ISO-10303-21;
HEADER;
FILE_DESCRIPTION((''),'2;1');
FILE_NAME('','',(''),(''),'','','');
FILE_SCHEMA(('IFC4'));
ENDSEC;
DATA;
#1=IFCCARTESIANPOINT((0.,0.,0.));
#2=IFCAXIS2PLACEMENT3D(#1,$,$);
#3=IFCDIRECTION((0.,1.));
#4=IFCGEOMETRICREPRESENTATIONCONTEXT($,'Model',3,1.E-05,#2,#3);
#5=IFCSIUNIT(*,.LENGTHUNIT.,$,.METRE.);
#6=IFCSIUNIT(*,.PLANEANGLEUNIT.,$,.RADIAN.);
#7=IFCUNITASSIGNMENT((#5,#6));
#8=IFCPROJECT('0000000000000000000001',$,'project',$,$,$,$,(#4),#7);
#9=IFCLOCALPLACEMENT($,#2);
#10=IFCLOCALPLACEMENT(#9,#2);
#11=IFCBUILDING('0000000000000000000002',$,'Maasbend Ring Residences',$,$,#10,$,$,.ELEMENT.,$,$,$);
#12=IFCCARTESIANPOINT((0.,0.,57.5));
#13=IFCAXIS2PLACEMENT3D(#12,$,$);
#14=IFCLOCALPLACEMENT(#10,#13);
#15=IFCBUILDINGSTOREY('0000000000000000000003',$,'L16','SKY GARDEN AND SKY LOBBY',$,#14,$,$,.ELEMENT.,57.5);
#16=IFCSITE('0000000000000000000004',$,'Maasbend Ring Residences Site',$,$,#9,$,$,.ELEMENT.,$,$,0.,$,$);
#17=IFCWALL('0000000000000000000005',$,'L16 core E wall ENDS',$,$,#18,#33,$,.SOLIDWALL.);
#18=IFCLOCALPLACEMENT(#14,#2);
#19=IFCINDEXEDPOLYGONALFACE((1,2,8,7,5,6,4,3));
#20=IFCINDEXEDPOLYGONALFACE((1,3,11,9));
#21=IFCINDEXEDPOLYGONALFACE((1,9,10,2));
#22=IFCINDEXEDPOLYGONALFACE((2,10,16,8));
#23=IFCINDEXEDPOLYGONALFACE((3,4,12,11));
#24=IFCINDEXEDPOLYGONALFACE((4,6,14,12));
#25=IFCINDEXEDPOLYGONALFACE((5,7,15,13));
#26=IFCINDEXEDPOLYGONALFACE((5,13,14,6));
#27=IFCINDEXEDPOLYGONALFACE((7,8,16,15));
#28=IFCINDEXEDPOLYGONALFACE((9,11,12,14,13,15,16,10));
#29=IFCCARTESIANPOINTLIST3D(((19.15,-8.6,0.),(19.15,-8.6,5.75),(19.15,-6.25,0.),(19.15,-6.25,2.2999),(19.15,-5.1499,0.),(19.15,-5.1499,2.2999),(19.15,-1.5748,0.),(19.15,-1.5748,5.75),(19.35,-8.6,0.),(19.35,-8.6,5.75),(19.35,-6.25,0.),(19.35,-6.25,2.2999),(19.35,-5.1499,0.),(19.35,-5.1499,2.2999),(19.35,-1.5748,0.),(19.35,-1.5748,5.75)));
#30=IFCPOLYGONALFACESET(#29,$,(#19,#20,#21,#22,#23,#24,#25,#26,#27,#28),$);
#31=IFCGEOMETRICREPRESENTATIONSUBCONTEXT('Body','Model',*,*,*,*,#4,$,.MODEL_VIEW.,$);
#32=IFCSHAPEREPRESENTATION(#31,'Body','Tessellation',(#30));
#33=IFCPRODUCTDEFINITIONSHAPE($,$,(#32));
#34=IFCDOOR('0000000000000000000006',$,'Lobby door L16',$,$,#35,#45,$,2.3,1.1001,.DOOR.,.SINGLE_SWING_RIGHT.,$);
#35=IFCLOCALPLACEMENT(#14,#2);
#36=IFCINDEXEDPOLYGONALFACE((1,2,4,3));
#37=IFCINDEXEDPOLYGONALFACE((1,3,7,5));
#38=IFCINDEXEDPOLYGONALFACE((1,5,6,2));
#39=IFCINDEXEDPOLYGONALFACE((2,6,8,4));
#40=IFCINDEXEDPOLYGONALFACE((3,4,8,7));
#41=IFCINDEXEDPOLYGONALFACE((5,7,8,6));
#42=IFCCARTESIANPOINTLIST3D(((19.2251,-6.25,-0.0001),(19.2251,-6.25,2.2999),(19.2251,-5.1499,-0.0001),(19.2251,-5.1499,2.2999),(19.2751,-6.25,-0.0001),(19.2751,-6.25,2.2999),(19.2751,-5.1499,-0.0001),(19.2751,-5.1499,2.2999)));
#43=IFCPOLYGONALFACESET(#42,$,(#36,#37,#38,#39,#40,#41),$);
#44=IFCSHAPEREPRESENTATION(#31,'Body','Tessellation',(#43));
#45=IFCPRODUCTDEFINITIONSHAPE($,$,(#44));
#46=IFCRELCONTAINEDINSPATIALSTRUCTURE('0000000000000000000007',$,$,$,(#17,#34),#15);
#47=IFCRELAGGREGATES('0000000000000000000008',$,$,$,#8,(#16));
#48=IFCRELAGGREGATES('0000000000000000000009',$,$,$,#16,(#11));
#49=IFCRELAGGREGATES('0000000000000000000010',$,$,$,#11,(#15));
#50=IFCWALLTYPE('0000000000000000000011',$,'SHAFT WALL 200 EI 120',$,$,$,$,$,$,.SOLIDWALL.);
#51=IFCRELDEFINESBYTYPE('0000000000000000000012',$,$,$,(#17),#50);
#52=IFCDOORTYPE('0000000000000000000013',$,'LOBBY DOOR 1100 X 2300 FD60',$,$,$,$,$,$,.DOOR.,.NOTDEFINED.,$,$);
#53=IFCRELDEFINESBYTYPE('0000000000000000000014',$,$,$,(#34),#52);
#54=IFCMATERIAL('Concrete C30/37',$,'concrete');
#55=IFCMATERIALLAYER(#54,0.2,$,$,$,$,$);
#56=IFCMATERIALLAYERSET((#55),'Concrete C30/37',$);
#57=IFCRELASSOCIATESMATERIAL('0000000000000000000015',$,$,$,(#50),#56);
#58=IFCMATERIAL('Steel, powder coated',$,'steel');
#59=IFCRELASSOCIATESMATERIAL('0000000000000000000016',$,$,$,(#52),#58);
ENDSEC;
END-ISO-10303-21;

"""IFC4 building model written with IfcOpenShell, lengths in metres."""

from ifc_helpers import new_model, si_unit, direction, frame, frame_2d, origin, place, context, subcontext, project, spatial, rectangle, extrude, material, layer, layer_set, type_object, element, fill, save


model = new_model("IFC4")

# Units and contexts
model_context = context("Model", 3, precision=1e-05, world=origin(), true_north=direction((0.0, 1.0)))
body_context = subcontext(model_context, "Body", "Model", "MODEL_VIEW")
ifc_project = project(units=[si_unit("LENGTHUNIT", "METRE"), si_unit("PLANEANGLEUNIT", "RADIAN")], contexts=[model_context])

# Site, building, storey
site_placement = place(None, origin())
site = spatial("IfcSite", under=ifc_project, at=site_placement, Name="Maasbend Ring Residences Site", CompositionType="ELEMENT", RefElevation=0.0)
building_placement = place(site_placement, origin())
building = spatial("IfcBuilding", under=site, at=building_placement, Name="Maasbend Ring Residences", CompositionType="ELEMENT")
storey_placement = place(building_placement, frame((0.0, 0.0, 57.5)))
storey = spatial("IfcBuildingStorey", under=building, at=storey_placement, Name="L16", Description="SKY GARDEN AND SKY LOBBY", CompositionType="ELEMENT", Elevation=57.5)

# Wall, opening, door
ifc_material_1 = material(Name="Concrete C30/37", Category="concrete")
ifc_layer_1 = layer(ifc_material_1, 0.2)
ifc_layer_set_1 = layer_set([ifc_layer_1], Name="Concrete C30/37")
wall_type_1 = type_object("IfcWallType", Name="SHAFT WALL 200 EI 120", PredefinedType="SOLIDWALL", material=ifc_layer_set_1)
wall_1_placement = place(storey_placement, frame((19.25, -8.6001, 0.0), z_axis=(0.0, 0.0, 1.0), x_axis=(0.0, 1.0, 0.0)))
wall_1 = element("IfcWall", 1, at=wall_1_placement, inside=storey, type_object=wall_type_1, Name="L16 core E wall ENDS", PredefinedType="SOLIDWALL", context=body_context, shape_type="SweptSolid", body=[
    extrude(rectangle(XDim=7.0251, YDim=0.2, at=frame_2d((3.5127, 0.0))), origin(), (0.0, 0.0, 1.0), 5.75),
])
opening_1_placement = place(wall_1_placement, frame((2.3501, 0.0, 0.0)))
opening_1 = element("IfcOpeningElement", 2, at=opening_1_placement, cuts=wall_1, PredefinedType="OPENING", context=body_context, shape_type="SweptSolid", body=[
    extrude(rectangle(XDim=1.1001, YDim=2.3, at=frame_2d((0.55, 1.1499))), frame((0.0, 0.1099, 0.0), z_axis=(0.0, -1.0, 0.0), x_axis=(1.0, 0.0, 0.0)), (0.0, 0.0, 1.0), 0.22),
])
ifc_material_2 = material(Name="Steel, powder coated", Category="steel")
door_type_1 = type_object("IfcDoorType", Name="LOBBY DOOR 1100 X 2300 FD60", OperationType="NOTDEFINED", PredefinedType="DOOR", material=ifc_material_2)
door_1_placement = place(opening_1_placement, origin())
door_1 = element("IfcDoor", 3, at=door_1_placement, inside=storey, type_object=door_type_1, Name="Lobby door L16", OperationType="SINGLE_SWING_RIGHT", OverallHeight=2.3, OverallWidth=1.1001, PredefinedType="DOOR", context=body_context, shape_type="SweptSolid", body=[
    extrude(rectangle(XDim=1.1001, YDim=2.3, at=frame_2d((0.55, 1.1499))), frame((0.0, 0.0249, 0.0), z_axis=(0.0, -1.0, 0.0), x_axis=(1.0, 0.0, 0.0)), (0.0, 0.0, 1.0), 0.05),
])
fill(opening_1, door_1)

save(model, "model.ifc")
